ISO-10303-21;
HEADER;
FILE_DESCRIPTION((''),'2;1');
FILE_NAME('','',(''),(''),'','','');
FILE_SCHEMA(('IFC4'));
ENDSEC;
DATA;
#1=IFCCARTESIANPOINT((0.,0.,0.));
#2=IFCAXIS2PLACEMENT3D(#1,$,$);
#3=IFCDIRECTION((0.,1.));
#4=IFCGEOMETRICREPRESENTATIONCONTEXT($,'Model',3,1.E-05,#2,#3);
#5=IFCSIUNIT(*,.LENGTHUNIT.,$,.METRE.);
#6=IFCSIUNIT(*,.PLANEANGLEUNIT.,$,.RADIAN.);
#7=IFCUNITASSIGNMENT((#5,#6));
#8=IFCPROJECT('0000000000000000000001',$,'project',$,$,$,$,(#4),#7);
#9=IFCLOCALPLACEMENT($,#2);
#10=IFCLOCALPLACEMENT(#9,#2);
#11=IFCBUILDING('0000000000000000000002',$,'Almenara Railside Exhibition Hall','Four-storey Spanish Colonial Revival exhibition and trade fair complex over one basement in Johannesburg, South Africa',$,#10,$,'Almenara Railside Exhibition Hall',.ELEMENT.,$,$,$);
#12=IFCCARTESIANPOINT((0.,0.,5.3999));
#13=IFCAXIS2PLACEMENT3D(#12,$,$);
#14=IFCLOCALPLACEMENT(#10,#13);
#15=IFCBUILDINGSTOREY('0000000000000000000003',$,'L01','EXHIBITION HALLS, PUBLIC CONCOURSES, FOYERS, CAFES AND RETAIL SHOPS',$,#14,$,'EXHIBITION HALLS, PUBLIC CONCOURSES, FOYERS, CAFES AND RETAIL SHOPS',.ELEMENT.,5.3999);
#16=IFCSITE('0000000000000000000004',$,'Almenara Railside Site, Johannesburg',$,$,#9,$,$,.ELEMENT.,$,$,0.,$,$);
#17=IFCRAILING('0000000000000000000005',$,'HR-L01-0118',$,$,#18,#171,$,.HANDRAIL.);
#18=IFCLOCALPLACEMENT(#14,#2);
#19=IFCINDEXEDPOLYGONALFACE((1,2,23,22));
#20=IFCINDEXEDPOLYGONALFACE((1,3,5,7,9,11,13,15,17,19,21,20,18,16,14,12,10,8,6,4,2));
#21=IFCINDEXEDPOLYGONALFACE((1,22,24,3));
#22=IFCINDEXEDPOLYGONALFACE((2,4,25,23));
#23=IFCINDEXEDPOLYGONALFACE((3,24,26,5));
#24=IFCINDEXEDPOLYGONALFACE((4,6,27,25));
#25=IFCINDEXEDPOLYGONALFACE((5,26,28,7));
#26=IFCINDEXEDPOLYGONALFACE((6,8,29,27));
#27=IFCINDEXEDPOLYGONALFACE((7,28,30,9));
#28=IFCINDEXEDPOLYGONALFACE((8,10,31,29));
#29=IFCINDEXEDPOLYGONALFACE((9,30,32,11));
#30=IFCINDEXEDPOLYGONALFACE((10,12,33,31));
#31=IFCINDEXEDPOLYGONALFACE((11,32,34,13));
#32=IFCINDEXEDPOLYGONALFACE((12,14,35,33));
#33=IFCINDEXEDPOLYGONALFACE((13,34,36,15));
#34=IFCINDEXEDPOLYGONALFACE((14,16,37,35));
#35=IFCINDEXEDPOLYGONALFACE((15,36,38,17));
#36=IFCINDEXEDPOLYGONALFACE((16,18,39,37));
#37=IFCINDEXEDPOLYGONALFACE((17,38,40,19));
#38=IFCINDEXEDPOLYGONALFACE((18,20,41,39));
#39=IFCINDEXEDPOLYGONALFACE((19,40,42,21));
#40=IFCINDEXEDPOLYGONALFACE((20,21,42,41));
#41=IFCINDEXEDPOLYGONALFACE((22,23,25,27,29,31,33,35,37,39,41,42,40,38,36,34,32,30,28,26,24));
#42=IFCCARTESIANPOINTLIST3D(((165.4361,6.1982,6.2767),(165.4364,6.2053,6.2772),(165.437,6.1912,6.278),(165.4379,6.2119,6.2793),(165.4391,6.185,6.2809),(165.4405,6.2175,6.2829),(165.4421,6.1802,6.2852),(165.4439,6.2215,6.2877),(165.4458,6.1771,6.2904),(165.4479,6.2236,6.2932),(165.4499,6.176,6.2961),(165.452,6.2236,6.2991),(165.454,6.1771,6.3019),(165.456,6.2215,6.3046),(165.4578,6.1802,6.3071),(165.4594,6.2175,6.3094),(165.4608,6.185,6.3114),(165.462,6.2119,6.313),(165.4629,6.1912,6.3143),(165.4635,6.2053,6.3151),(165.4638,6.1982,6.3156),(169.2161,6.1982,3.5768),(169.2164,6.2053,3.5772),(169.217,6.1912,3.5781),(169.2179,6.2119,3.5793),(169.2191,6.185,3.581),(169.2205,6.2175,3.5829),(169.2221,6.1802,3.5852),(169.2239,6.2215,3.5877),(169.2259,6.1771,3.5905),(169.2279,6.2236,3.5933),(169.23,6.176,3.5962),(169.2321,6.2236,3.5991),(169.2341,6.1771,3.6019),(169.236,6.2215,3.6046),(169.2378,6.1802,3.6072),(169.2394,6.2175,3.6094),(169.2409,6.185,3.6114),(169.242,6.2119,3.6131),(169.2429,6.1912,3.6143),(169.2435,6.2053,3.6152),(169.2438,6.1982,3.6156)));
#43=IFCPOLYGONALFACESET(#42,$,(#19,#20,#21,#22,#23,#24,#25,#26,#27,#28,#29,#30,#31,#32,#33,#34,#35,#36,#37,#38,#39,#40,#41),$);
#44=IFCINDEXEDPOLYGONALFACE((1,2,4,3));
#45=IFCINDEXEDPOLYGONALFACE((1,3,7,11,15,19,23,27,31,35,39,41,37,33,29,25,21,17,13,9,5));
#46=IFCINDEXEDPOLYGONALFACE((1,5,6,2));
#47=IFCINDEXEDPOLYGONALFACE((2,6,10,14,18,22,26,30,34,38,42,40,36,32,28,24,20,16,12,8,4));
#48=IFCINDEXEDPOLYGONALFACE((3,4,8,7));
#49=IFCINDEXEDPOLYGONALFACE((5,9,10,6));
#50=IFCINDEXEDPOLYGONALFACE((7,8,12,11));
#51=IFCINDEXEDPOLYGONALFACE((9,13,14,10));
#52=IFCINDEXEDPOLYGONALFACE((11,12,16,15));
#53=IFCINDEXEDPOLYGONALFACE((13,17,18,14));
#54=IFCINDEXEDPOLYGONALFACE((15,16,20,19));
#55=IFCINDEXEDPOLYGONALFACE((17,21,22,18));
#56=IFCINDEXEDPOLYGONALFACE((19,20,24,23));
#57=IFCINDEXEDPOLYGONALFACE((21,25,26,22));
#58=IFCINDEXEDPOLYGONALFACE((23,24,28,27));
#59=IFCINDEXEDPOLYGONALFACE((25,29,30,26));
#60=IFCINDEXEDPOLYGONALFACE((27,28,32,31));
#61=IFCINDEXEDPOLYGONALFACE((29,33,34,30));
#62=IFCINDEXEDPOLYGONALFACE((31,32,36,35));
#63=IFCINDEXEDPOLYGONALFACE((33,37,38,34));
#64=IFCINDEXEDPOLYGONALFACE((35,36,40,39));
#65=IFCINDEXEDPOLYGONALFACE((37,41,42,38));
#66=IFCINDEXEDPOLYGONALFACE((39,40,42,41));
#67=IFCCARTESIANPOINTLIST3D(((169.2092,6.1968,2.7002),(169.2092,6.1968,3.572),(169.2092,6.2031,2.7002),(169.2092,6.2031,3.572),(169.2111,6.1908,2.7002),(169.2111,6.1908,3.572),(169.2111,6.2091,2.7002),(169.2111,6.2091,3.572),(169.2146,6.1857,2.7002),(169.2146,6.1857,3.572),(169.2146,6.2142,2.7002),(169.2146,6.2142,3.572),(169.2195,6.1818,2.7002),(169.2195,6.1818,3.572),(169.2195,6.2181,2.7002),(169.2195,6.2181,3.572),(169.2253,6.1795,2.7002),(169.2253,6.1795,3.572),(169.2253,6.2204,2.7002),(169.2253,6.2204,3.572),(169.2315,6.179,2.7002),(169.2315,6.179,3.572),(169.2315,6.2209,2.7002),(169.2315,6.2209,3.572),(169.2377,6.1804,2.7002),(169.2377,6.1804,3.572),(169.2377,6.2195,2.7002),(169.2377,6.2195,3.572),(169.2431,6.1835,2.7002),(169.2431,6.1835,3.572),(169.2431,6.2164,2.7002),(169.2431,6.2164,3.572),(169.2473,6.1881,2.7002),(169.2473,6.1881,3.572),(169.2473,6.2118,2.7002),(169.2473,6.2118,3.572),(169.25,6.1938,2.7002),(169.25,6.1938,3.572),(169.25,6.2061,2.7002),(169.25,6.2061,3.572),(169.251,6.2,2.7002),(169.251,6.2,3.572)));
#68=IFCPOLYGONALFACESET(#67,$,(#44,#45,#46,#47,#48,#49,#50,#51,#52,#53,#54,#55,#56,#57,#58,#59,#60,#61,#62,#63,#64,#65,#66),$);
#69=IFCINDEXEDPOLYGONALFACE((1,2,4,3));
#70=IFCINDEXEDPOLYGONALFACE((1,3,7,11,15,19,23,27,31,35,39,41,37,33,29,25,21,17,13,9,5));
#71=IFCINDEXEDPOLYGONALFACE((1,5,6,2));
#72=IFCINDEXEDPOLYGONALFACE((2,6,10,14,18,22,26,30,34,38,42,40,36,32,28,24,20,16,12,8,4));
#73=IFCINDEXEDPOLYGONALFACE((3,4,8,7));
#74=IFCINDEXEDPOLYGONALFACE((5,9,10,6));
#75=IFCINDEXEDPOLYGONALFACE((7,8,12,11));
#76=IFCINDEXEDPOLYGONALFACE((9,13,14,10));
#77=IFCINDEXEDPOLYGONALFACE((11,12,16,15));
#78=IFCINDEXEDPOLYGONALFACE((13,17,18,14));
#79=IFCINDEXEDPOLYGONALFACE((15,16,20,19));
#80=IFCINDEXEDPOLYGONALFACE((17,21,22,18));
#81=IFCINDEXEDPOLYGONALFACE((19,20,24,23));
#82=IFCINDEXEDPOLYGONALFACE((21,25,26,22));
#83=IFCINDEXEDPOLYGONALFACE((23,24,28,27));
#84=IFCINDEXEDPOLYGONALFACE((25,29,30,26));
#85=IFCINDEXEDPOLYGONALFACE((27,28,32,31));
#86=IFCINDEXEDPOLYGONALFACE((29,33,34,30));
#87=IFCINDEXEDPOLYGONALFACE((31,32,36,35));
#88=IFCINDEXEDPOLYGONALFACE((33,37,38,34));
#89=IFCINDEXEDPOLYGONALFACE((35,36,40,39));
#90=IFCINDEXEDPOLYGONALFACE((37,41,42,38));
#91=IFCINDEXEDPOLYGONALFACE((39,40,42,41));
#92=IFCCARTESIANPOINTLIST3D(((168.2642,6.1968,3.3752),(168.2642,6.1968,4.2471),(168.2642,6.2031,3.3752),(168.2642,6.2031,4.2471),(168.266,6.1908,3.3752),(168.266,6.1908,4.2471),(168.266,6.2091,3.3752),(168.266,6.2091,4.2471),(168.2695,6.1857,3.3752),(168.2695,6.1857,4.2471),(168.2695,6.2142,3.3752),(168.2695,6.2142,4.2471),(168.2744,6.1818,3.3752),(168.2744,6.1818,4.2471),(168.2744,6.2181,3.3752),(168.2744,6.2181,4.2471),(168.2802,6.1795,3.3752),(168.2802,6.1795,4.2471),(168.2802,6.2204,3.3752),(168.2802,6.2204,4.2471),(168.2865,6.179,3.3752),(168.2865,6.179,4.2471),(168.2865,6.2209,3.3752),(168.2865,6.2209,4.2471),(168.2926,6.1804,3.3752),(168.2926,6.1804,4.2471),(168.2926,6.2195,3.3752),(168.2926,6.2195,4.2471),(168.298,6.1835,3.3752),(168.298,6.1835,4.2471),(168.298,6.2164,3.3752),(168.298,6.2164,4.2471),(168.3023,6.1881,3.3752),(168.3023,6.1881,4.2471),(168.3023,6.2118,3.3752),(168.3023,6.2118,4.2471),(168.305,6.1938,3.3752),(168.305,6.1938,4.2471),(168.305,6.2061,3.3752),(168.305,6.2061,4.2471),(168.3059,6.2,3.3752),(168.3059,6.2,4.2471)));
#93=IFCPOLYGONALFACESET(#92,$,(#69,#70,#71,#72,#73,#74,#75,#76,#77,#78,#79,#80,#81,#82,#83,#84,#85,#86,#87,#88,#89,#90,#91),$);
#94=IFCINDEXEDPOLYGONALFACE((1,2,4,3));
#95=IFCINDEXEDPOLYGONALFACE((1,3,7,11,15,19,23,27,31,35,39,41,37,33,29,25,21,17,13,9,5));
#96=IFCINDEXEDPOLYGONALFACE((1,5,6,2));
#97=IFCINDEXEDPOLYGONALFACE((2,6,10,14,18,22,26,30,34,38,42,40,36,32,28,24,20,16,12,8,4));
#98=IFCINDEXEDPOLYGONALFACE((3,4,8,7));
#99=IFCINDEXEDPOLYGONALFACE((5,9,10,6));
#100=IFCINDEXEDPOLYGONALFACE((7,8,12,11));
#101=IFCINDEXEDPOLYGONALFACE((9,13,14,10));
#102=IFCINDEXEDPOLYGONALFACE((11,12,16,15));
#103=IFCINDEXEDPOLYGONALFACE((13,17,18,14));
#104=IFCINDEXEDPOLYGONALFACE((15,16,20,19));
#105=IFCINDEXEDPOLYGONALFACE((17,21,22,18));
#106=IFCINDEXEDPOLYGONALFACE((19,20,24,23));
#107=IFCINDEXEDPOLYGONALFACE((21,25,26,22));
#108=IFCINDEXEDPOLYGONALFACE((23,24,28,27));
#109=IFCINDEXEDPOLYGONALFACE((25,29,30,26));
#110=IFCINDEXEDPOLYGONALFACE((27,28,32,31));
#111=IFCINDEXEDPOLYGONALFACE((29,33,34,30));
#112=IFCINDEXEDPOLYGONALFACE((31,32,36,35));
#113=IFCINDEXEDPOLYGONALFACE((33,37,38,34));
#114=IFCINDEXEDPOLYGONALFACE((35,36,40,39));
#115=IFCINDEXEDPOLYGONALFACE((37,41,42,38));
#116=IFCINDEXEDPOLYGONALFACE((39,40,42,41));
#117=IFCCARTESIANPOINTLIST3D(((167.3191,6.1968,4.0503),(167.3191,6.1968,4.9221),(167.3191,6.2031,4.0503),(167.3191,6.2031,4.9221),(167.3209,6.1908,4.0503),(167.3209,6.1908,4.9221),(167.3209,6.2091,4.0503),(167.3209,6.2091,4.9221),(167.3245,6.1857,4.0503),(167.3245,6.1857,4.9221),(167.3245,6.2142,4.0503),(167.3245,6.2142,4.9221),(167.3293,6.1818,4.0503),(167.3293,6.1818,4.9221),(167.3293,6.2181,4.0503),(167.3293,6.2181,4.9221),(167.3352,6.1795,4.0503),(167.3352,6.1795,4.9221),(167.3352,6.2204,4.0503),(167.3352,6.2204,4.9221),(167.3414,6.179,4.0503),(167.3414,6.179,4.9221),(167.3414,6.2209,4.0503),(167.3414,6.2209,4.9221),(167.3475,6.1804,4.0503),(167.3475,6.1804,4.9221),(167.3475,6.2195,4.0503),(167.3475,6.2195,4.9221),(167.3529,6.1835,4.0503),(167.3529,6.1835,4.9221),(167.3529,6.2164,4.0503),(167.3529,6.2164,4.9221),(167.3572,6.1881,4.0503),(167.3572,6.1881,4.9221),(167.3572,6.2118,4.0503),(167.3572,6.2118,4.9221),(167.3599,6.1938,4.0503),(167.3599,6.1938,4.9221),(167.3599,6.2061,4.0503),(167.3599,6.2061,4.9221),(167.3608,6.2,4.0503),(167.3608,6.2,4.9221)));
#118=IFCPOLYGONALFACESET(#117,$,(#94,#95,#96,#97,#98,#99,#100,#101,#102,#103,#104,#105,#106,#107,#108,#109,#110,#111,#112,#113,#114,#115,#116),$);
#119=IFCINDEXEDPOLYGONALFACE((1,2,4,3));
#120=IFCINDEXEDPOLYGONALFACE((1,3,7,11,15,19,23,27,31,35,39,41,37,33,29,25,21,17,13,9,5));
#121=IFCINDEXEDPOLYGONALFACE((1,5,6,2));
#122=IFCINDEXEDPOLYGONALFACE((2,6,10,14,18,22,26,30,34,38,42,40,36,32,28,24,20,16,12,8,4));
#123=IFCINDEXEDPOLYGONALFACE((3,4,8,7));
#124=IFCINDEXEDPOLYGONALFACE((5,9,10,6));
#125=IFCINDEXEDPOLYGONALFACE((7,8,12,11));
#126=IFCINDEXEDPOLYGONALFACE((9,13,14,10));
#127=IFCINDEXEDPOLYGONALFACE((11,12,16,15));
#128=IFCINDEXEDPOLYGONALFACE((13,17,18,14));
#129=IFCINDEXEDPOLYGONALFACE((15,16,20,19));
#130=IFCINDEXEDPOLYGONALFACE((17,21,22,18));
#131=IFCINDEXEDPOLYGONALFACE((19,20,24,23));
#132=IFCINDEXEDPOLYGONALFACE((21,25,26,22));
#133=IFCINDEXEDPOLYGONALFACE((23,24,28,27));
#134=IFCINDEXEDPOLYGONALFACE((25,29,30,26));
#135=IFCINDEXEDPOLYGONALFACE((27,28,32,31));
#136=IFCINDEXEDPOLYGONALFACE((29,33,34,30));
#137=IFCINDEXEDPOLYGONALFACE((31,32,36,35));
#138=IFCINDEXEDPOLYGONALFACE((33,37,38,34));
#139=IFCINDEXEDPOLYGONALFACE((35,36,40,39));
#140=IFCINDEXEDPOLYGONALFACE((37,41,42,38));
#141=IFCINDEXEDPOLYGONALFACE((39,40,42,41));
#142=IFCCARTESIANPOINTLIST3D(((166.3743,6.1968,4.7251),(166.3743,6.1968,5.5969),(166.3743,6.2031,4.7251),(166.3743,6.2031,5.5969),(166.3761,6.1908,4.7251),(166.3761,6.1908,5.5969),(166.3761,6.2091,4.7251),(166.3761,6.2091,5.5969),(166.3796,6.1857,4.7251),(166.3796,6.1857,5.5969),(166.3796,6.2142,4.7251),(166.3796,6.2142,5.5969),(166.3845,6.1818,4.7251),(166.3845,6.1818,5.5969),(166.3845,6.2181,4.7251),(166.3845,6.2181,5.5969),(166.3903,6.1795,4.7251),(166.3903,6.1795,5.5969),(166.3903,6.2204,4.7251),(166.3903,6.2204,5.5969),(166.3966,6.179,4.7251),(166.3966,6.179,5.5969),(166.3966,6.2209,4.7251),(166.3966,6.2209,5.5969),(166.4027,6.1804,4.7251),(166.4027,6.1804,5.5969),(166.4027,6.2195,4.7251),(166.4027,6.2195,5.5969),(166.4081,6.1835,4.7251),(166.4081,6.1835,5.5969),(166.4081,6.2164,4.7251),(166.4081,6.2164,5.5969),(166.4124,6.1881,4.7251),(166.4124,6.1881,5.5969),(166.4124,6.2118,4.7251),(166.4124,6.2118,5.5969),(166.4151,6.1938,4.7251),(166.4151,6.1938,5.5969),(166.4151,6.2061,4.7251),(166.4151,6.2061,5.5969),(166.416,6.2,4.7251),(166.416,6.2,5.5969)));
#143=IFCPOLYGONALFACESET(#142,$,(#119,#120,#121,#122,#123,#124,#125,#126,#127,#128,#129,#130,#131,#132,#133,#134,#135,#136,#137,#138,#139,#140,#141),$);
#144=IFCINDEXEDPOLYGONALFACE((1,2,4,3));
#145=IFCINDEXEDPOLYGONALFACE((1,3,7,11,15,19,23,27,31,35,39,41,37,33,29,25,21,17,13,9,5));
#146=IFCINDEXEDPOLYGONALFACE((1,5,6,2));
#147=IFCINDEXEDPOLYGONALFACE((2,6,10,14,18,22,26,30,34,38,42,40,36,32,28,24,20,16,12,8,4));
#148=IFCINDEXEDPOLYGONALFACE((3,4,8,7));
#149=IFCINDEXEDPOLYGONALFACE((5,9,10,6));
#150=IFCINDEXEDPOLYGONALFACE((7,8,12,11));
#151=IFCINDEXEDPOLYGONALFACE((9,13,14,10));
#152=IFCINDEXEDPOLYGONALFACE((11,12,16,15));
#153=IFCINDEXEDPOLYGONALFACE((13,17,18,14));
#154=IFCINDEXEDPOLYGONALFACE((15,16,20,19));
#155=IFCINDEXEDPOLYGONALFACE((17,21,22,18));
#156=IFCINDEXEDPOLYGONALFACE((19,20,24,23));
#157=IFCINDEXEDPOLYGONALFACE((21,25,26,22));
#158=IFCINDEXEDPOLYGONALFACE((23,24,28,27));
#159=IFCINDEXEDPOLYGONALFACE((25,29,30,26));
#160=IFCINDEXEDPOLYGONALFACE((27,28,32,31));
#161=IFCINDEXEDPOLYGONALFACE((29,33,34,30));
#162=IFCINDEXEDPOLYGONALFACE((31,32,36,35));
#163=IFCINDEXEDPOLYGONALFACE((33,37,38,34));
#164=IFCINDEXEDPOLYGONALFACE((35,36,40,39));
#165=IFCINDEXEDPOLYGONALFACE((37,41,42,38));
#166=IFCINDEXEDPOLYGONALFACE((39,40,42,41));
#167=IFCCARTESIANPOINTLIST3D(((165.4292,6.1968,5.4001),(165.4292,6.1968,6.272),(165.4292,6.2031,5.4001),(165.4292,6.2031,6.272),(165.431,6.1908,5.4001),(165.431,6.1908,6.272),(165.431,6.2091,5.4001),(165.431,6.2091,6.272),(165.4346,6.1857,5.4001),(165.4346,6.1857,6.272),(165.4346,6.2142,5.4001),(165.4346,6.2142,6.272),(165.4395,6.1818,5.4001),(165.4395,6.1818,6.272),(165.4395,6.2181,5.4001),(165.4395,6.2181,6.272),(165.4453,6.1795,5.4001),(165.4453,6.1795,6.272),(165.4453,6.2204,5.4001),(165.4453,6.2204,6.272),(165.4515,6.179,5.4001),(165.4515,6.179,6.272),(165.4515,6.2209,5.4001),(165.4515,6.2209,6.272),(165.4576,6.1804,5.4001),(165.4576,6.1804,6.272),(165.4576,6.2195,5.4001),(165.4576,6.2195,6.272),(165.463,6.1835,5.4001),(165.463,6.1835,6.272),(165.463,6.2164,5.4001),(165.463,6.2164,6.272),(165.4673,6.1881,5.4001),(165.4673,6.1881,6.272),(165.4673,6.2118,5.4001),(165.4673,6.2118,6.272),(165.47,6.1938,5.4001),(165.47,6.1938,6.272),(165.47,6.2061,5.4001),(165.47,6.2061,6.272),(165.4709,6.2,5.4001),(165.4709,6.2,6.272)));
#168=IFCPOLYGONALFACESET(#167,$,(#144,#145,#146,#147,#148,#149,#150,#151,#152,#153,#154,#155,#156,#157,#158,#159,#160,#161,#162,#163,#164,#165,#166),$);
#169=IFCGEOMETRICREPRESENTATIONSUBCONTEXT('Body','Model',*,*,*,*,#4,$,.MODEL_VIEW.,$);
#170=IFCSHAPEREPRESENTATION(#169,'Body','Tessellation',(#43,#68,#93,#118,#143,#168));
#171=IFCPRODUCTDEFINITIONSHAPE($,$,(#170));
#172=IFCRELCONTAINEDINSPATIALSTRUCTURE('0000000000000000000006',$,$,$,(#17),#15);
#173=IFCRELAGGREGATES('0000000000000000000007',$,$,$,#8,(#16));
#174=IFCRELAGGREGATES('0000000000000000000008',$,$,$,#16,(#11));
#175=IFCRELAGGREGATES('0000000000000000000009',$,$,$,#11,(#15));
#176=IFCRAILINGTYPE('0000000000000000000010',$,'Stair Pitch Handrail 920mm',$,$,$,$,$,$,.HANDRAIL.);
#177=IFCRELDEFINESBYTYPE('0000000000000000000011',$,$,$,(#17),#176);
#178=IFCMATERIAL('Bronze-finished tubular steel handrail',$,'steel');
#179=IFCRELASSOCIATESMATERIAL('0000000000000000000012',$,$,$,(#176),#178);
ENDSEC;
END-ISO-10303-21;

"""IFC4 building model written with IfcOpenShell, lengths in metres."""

from ifc_helpers import new_model, si_unit, direction, frame, origin, origin_2d, place, context, subcontext, project, spatial, circle, extrude, material, type_object, element, save


model = new_model("IFC4")

# Units and contexts
model_context = context("Model", 3, precision=1e-05, world=origin(), true_north=direction((0.0, 1.0)))
body_context = subcontext(model_context, "Body", "Model", "MODEL_VIEW")
ifc_project = project(units=[si_unit("LENGTHUNIT", "METRE"), si_unit("PLANEANGLEUNIT", "RADIAN")], contexts=[model_context])

# Site, building, storey
site_placement = place(None, origin())
site = spatial("IfcSite", under=ifc_project, at=site_placement, Name="Almenara Railside Site, Johannesburg", CompositionType="ELEMENT", RefElevation=0.0)
building_placement = place(site_placement, origin())
building = spatial("IfcBuilding", under=site, at=building_placement, Name="Almenara Railside Exhibition Hall", Description="Four-storey Spanish Colonial Revival exhibition and trade fair complex over one basement in Johannesburg, South Africa", LongName="Almenara Railside Exhibition Hall", CompositionType="ELEMENT")
storey_placement = place(building_placement, frame((0.0, 0.0, 5.3999)))
storey = spatial("IfcBuildingStorey", under=building, at=storey_placement, Name="L01", Description="EXHIBITION HALLS, PUBLIC CONCOURSES, FOYERS, CAFES AND RETAIL SHOPS", LongName="EXHIBITION HALLS, PUBLIC CONCOURSES, FOYERS, CAFES AND RETAIL SHOPS", CompositionType="ELEMENT", Elevation=5.3999)

# Railing
ifc_material_1 = material(Name="Bronze-finished tubular steel handrail", Category="steel")
railing_type_1 = type_object("IfcRailingType", Name="Stair Pitch Handrail 920mm", PredefinedType="HANDRAIL", material=ifc_material_1)
railing_1_placement = place(storey_placement, frame((169.23, 6.2, 2.7002)))
element("IfcRailing", 1, at=railing_1_placement, inside=storey, type_object=railing_type_1, Name="HR-L01-0118", PredefinedType="HANDRAIL", context=body_context, shape_type="SweptSolid", body=[
    extrude(circle(Radius=0.0239, at=origin_2d()), frame((0.0, 0.0, 0.896), z_axis=(-0.813741, 0.0, 0.581228), x_axis=(0.0, -1.0, 0.0)), (0.0, 0.0, 1.0), 4.6453),
    extrude(circle(Radius=0.021, at=origin_2d()), origin(), (0.0, 0.0, 1.0), 0.8718),
    extrude(circle(Radius=0.021, at=origin_2d()), frame((-0.9451, 0.0, 0.675)), (0.0, 0.0, 1.0), 0.8718),
    extrude(circle(Radius=0.021, at=origin_2d()), frame((-1.8901, 0.0, 1.3501)), (0.0, 0.0, 1.0), 0.8718),
    extrude(circle(Radius=0.021, at=origin_2d()), frame((-2.835, 0.0, 2.0249)), (0.0, 0.0, 1.0), 0.8718),
    extrude(circle(Radius=0.021, at=origin_2d()), frame((-3.78, 0.0, 2.7)), (0.0, 0.0, 1.0), 0.8718),
])

save(model, "model.ifc")
